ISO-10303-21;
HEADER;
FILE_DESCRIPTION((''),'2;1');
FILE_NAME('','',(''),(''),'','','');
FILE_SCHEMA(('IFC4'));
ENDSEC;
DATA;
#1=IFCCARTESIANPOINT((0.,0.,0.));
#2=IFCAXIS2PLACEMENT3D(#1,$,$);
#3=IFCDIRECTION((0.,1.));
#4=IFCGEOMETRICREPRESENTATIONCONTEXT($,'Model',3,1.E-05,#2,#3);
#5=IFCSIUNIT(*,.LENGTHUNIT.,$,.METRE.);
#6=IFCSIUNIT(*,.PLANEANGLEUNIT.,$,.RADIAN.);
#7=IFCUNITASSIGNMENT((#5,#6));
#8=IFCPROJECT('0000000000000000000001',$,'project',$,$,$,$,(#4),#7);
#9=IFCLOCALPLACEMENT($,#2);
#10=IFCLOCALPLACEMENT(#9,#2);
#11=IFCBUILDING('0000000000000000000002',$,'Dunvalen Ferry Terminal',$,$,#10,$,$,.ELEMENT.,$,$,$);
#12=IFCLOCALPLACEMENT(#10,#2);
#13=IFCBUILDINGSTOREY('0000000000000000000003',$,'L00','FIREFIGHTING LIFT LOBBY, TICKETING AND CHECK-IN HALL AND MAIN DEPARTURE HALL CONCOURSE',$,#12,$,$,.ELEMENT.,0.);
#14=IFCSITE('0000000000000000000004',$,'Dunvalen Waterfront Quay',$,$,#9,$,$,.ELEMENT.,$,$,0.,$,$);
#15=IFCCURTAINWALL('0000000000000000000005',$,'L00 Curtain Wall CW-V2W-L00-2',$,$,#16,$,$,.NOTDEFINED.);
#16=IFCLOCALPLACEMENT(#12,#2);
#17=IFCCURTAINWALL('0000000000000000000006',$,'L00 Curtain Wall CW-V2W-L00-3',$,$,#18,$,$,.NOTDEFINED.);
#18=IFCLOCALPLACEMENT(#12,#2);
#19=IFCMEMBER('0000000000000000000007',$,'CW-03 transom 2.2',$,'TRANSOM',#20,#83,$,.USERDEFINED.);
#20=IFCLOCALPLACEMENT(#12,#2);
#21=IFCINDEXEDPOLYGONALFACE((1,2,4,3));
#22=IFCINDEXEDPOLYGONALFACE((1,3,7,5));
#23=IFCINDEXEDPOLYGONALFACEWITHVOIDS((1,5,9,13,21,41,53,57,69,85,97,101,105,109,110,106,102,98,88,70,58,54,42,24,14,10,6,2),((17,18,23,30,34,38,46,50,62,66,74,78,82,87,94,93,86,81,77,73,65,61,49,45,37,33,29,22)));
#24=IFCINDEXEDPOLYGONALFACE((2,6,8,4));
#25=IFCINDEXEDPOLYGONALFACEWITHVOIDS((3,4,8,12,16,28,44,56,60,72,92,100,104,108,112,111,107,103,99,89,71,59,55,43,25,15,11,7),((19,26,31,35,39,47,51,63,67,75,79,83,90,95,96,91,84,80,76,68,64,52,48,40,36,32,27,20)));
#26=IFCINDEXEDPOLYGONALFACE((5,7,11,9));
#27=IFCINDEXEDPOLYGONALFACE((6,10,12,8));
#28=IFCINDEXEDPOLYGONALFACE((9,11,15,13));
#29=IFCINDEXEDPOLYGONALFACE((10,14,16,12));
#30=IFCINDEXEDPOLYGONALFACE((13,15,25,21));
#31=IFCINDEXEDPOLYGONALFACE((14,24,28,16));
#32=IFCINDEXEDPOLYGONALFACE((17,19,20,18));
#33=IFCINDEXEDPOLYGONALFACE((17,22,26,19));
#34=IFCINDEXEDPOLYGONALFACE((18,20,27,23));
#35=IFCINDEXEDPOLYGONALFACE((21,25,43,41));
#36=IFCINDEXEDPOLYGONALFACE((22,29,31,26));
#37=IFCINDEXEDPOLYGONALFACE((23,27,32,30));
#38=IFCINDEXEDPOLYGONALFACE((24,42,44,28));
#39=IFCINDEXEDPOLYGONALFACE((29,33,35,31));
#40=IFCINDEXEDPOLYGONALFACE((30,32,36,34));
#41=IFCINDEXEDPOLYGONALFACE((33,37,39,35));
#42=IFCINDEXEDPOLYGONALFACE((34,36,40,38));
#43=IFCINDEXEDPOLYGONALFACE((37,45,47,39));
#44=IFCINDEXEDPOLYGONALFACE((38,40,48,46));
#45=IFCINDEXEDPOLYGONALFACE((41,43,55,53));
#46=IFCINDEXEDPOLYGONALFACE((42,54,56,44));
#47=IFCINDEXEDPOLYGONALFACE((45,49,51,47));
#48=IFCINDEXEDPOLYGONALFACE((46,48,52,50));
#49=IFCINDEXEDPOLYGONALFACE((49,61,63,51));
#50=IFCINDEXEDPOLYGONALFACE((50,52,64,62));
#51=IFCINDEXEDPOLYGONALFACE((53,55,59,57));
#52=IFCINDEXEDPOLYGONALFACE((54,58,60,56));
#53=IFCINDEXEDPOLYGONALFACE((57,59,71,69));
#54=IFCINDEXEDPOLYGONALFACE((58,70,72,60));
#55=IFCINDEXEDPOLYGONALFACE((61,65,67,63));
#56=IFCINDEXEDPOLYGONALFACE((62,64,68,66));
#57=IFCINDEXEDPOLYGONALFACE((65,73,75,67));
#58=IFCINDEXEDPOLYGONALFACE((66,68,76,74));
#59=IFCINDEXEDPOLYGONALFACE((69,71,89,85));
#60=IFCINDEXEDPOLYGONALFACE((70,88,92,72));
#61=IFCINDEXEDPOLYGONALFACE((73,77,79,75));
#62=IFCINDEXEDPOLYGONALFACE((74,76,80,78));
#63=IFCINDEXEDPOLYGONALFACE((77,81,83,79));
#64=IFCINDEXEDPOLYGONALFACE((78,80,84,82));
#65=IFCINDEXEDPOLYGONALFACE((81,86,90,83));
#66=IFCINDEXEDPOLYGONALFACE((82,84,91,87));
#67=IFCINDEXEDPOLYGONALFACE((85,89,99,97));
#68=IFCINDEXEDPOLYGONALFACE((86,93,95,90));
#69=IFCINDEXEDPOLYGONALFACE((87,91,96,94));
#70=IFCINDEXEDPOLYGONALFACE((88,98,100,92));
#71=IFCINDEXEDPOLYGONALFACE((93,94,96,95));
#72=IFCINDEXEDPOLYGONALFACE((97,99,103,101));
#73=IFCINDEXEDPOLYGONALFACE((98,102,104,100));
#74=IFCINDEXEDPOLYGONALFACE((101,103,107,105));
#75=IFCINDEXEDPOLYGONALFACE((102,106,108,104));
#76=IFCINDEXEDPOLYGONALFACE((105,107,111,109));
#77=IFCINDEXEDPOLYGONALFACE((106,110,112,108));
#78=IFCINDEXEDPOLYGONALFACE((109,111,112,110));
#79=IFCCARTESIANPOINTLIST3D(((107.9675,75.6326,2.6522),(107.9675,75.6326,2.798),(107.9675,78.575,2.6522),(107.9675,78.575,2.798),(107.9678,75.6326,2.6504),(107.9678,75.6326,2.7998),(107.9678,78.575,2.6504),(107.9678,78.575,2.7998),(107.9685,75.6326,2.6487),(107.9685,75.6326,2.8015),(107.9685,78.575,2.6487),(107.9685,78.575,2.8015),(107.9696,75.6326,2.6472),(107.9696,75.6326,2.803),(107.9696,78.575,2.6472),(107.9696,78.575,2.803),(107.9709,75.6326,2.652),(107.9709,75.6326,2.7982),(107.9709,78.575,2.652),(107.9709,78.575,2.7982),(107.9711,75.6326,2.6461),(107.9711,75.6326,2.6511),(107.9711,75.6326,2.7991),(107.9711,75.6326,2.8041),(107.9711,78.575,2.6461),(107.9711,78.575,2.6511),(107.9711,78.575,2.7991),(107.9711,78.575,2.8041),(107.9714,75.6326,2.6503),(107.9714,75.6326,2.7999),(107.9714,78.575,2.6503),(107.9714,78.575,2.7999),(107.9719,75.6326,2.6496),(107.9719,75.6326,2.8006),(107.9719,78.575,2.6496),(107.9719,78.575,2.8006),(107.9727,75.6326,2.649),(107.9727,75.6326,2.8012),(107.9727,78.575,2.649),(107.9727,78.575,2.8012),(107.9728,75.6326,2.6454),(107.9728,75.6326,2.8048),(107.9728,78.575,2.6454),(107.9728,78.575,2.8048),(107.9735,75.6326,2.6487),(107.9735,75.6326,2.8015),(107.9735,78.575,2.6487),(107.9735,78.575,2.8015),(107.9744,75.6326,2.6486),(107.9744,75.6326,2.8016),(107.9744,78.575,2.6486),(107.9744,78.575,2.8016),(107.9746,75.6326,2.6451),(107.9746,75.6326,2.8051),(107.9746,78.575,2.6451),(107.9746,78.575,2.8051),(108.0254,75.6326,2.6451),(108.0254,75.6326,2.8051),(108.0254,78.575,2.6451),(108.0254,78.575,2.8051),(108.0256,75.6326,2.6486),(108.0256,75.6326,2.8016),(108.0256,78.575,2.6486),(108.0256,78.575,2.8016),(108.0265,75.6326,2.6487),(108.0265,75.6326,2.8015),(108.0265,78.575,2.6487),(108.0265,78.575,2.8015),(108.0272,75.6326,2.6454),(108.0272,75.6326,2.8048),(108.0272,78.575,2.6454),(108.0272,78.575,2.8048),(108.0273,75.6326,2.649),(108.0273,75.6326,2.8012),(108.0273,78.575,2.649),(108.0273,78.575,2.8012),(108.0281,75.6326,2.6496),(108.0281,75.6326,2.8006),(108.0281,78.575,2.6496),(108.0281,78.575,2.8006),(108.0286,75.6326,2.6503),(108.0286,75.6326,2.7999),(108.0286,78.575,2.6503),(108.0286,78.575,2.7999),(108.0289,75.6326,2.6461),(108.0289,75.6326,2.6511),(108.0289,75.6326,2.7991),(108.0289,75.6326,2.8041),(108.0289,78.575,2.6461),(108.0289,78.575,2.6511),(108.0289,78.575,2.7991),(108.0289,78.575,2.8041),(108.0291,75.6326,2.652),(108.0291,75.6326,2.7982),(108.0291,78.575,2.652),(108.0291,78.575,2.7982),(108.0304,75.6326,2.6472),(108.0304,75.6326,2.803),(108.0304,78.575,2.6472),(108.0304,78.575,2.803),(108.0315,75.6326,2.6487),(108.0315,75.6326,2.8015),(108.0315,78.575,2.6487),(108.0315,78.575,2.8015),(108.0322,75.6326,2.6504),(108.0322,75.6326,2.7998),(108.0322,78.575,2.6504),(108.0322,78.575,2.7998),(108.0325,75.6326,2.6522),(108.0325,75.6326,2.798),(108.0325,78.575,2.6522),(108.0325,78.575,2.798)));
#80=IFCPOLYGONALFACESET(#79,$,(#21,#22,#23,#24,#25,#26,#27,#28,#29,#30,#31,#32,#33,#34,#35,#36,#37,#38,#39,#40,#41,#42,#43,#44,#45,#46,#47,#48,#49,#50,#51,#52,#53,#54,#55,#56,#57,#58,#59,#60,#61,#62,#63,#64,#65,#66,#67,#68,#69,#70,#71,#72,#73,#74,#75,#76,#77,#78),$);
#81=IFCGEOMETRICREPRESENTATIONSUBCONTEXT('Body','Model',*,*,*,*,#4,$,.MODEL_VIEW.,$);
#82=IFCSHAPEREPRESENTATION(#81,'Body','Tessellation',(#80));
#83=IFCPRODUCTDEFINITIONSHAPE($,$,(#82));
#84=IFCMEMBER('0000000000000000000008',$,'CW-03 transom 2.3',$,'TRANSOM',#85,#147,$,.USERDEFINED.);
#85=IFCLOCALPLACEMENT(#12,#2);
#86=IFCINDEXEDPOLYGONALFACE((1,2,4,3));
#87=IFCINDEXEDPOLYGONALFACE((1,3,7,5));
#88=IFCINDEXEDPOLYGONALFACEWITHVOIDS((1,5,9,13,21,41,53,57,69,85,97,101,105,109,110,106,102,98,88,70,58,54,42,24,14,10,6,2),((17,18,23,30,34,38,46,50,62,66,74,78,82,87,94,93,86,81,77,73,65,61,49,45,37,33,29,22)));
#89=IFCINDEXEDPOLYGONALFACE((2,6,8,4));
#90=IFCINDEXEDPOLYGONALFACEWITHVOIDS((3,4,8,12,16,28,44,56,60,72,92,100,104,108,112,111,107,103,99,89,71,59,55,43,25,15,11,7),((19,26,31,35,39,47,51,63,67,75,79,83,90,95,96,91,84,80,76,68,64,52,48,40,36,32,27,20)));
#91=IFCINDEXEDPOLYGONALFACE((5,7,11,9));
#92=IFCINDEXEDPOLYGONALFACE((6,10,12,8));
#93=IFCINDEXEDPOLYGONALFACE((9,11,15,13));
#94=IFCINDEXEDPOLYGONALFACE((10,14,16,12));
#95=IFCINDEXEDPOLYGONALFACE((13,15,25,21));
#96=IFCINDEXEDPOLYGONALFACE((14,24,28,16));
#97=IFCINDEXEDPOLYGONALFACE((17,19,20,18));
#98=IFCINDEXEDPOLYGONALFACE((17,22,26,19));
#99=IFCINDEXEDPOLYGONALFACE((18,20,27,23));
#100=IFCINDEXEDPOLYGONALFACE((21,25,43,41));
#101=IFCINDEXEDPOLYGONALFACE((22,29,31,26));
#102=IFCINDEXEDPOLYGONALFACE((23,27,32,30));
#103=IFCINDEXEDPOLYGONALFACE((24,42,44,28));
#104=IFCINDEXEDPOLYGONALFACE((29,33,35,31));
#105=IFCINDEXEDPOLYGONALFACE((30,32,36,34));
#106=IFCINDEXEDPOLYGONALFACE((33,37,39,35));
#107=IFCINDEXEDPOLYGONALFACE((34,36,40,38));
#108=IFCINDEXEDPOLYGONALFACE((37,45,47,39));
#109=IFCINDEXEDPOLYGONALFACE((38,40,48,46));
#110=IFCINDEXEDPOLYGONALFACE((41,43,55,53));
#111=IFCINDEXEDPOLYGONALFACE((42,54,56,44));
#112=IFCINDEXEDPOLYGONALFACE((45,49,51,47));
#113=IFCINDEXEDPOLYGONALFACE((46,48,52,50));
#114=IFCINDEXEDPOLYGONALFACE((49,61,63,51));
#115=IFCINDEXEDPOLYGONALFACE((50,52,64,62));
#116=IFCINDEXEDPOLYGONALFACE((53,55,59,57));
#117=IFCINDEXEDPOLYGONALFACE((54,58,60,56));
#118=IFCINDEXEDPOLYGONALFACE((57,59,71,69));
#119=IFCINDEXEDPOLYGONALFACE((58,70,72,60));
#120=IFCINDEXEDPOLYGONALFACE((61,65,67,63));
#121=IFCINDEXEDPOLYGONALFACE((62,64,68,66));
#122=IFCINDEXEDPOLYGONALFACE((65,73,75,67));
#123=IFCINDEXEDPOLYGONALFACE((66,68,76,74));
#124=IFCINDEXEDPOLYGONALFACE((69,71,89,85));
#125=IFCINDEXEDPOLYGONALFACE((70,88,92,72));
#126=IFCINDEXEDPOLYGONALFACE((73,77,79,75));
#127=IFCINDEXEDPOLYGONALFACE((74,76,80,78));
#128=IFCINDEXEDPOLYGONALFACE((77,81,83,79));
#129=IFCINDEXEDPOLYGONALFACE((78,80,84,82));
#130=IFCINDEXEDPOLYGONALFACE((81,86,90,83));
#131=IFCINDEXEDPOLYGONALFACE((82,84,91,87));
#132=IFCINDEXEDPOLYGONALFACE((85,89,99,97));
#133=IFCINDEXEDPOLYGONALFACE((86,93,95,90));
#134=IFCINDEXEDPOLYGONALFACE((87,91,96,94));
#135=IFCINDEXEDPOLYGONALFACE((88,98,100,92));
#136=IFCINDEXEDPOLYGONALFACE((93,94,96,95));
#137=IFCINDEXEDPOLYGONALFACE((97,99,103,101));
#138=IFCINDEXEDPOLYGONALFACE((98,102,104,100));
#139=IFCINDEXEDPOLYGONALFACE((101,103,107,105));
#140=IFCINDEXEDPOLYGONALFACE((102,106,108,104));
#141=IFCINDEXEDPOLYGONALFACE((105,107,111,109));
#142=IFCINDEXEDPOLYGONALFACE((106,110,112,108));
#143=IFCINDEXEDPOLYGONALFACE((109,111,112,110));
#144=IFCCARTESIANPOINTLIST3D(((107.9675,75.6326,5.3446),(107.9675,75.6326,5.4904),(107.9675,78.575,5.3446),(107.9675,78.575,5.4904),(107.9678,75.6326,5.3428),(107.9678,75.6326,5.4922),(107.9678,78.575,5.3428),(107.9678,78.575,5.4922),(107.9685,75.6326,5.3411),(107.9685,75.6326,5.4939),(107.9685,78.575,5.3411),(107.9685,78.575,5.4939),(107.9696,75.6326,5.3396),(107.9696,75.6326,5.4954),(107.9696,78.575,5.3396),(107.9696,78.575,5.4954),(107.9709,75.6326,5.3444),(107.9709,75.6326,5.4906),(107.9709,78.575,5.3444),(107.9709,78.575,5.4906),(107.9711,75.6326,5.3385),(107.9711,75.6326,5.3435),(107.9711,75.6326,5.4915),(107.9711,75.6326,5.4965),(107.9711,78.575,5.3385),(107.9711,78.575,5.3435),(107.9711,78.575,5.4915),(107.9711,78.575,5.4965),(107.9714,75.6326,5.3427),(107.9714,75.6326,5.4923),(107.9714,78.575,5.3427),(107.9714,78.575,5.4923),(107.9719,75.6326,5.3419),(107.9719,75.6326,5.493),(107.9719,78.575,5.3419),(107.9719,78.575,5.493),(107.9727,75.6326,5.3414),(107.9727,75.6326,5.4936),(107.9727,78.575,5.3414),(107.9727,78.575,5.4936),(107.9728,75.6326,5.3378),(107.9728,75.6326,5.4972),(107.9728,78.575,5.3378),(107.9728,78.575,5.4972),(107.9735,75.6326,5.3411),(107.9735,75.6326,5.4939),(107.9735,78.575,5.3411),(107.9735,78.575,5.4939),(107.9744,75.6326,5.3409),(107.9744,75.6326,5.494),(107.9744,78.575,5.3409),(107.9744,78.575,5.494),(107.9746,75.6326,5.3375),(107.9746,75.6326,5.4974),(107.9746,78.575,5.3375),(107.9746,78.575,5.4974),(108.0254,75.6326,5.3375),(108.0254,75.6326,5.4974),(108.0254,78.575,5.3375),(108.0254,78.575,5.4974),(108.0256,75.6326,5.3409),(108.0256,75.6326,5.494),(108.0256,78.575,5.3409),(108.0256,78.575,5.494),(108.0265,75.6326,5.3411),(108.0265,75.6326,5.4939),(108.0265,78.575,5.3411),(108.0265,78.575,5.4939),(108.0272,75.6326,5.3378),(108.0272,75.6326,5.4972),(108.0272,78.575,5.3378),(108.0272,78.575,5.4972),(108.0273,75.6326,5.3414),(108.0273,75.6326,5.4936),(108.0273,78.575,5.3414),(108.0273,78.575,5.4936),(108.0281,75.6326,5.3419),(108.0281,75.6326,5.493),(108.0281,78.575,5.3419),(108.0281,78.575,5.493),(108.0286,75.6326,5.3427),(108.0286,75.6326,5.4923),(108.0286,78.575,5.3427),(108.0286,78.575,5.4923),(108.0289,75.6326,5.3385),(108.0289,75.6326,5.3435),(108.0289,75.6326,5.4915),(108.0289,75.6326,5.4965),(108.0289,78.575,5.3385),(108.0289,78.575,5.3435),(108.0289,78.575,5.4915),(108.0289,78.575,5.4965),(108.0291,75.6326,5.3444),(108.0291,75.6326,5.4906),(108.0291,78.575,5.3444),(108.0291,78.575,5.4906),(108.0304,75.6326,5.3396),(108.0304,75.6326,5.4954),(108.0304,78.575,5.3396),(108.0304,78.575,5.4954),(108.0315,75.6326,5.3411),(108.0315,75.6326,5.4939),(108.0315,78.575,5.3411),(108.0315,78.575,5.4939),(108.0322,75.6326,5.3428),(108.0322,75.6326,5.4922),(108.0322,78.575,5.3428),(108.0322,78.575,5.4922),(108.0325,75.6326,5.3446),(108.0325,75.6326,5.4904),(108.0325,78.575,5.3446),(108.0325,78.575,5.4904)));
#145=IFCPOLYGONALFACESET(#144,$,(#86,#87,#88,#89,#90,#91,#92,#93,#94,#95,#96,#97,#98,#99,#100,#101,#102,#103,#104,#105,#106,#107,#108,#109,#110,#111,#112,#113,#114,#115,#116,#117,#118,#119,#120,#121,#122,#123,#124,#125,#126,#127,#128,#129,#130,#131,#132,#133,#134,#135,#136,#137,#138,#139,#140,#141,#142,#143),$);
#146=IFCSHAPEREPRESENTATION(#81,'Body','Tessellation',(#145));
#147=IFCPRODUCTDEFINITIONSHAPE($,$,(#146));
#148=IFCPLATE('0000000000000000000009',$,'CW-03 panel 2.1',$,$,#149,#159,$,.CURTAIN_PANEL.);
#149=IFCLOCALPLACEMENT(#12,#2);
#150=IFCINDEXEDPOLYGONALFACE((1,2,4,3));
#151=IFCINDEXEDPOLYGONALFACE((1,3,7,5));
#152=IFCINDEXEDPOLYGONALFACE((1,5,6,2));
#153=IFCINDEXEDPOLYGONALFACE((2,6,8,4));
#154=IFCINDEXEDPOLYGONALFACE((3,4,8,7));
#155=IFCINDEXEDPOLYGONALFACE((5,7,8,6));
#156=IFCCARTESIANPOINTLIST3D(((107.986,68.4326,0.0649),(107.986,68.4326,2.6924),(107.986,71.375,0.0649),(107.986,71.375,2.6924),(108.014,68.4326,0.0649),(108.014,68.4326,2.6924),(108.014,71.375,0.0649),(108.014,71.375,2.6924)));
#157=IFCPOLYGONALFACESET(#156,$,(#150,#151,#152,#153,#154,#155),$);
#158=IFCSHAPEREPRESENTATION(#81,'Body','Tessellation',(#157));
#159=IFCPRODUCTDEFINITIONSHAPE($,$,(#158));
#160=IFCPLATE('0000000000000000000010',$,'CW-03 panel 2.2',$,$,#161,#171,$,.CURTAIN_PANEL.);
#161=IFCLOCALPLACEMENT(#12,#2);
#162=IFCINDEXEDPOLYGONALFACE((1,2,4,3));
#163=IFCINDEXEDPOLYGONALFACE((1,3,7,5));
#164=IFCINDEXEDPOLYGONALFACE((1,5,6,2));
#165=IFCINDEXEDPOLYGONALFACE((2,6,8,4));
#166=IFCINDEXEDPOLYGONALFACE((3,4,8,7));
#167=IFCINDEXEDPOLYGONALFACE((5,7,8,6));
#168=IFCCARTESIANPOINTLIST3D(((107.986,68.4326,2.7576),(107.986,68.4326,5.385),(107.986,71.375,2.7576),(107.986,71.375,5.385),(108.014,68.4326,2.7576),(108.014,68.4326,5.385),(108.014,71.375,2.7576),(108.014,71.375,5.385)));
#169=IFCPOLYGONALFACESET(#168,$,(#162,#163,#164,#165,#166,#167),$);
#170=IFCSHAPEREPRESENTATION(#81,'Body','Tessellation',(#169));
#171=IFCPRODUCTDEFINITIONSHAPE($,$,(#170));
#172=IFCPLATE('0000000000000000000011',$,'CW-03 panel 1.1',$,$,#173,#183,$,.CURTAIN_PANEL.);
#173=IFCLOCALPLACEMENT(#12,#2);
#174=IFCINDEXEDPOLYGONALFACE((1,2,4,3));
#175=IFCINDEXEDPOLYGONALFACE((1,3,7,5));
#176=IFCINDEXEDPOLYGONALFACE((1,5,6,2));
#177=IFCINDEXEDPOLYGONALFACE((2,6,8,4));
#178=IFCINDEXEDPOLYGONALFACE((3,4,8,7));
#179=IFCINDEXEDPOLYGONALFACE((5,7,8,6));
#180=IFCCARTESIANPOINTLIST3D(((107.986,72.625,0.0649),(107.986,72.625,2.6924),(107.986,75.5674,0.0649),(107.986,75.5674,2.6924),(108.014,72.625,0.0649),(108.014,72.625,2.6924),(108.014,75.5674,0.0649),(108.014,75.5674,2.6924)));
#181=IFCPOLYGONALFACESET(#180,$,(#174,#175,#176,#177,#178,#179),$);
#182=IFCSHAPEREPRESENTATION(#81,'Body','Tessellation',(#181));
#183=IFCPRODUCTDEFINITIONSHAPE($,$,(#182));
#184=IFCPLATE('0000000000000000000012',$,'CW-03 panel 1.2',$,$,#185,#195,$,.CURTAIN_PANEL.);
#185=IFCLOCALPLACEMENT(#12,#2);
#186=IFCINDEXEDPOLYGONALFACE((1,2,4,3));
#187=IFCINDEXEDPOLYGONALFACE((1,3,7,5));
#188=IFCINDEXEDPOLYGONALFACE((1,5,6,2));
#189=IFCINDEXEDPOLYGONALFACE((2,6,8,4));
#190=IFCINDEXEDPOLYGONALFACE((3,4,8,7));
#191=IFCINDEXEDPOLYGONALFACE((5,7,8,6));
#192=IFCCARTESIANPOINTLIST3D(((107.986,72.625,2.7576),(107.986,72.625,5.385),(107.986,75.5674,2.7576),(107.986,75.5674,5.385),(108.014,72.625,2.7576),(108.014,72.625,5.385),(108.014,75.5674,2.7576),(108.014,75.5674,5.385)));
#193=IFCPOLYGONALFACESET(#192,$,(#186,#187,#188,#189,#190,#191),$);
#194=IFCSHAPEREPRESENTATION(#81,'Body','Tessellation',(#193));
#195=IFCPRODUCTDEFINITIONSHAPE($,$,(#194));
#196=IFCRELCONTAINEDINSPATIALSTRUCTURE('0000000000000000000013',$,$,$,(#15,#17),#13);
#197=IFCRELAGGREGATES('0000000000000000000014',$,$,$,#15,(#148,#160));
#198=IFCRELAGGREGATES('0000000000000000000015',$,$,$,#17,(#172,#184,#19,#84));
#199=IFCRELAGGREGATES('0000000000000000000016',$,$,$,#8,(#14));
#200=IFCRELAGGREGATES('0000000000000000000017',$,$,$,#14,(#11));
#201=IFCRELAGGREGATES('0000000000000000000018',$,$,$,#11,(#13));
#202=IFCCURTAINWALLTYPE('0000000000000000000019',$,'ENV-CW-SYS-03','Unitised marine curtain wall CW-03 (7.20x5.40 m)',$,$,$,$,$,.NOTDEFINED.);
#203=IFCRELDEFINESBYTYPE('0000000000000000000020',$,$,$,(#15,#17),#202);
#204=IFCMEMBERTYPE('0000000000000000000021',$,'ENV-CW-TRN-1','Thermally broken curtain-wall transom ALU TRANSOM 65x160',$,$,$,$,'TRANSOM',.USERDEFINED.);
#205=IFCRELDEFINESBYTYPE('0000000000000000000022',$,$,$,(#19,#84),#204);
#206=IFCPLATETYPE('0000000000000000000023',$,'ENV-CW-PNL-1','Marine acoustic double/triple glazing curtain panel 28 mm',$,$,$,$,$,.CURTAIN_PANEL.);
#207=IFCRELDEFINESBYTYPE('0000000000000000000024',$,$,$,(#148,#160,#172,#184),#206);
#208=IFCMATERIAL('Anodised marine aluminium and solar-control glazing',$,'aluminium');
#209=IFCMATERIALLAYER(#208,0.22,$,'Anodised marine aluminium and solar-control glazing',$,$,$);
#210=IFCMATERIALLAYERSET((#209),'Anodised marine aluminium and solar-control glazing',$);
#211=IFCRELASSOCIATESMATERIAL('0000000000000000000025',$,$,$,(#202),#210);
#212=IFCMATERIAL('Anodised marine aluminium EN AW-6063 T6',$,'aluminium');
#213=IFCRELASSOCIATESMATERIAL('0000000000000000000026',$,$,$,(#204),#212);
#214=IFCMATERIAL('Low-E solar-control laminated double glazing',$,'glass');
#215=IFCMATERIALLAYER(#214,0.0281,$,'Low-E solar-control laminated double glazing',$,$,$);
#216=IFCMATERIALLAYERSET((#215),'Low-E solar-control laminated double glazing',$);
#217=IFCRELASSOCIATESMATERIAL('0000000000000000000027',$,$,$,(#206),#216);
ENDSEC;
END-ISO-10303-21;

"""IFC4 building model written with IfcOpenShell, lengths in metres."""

from ifc_helpers import new_model, si_unit, direction, frame, origin, origin_2d, place, context, subcontext, project, spatial, rectangle, hollow_rectangle, extrude, material, layer, layer_set, material_profile, profile_set, type_object, element, aggregate, save


model = new_model("IFC4")

# Units and contexts
model_context = context("Model", 3, precision=1e-05, world=origin(), true_north=direction((0.0, 1.0)))
body_context = subcontext(model_context, "Body", "Model", "MODEL_VIEW")
ifc_project = project(units=[si_unit("LENGTHUNIT", "METRE"), si_unit("PLANEANGLEUNIT", "RADIAN")], contexts=[model_context])

# Site, building, storey
site_placement = place(None, origin())
site = spatial("IfcSite", under=ifc_project, at=site_placement, Name="Dunvalen Waterfront Quay", CompositionType="ELEMENT", RefElevation=0.0)
building_placement = place(site_placement, origin())
building = spatial("IfcBuilding", under=site, at=building_placement, Name="Dunvalen Ferry Terminal", CompositionType="ELEMENT")
storey_placement = place(building_placement, origin())
storey = spatial("IfcBuildingStorey", under=building, at=storey_placement, Name="L00", Description="FIREFIGHTING LIFT LOBBY, TICKETING AND CHECK-IN HALL AND MAIN DEPARTURE HALL CONCOURSE", CompositionType="ELEMENT", Elevation=0.0)

# Curtain wall
ifc_material_1 = material(Name="Anodised marine aluminium and solar-control glazing", Category="aluminium")
ifc_layer_1 = layer(ifc_material_1, 0.22, Name="Anodised marine aluminium and solar-control glazing")
ifc_layer_set_1 = layer_set([ifc_layer_1], Name="Anodised marine aluminium and solar-control glazing")
curtain_wall_type = type_object("IfcCurtainWallType", Name="ENV-CW-SYS-03", Description="Unitised marine curtain wall CW-03 (7.20x5.40 m)", PredefinedType="NOTDEFINED", material=ifc_layer_set_1)
curtain_wall_1_placement = place(storey_placement, origin())
curtain_wall_1 = element("IfcCurtainWall", 1, at=curtain_wall_1_placement, inside=storey, type_object=curtain_wall_type, Name="L00 Curtain Wall CW-V2W-L00-2", PredefinedType="NOTDEFINED")
ifc_material_2 = material(Name="Anodised marine aluminium EN AW-6063 T6", Category="aluminium")

# Curtain wall
curtain_wall_2_placement = place(storey_placement, origin())
curtain_wall_2 = element("IfcCurtainWall", 2, at=curtain_wall_2_placement, inside=storey, type_object=curtain_wall_type, Name="L00 Curtain Wall CW-V2W-L00-3", PredefinedType="NOTDEFINED")

# Members
ifc_material_profile_1 = material_profile(ifc_material_2, hollow_rectangle(XDim=0.0649, YDim=0.1599, WallThickness=0.0034, InnerFilletRadius=0.0034, OuterFilletRadius=0.0071, at=origin_2d()), Name="Anodised marine aluminium EN AW-6063 T6")
ifc_profile_set_1 = profile_set([ifc_material_profile_1], Name="Anodised marine aluminium EN AW-6063 T6")
member_type_1 = type_object("IfcMemberType", Name="ENV-CW-TRN-1", Description="Thermally broken curtain-wall transom ALU TRANSOM 65x160", ElementType="TRANSOM", PredefinedType="USERDEFINED", material=ifc_profile_set_1)
member_1_placement = place(storey_placement, frame((108.0, 75.6326, 2.7251), z_axis=(0.0, 1.0, 0.0), x_axis=(-1.0, 0.0, 0.0)))
member_1 = element("IfcMember", 3, at=member_1_placement, type_object=member_type_1, Name="CW-03 transom 2.2", ObjectType="TRANSOM", PredefinedType="USERDEFINED", context=body_context, shape_type="SweptSolid", body=[
    extrude(hollow_rectangle(XDim=0.0649, YDim=0.1599, WallThickness=0.0034, InnerFilletRadius=0.0034, OuterFilletRadius=0.0071, at=origin_2d()), origin(), (0.0, 0.0, 1.0), 2.9424),
])
member_2_placement = place(storey_placement, frame((108.0, 75.6326, 5.4175), z_axis=(0.0, 1.0, 0.0), x_axis=(-1.0, 0.0, 0.0)))
member_2 = element("IfcMember", 4, at=member_2_placement, type_object=member_type_1, Name="CW-03 transom 2.3", ObjectType="TRANSOM", PredefinedType="USERDEFINED", context=body_context, shape_type="SweptSolid", body=[
    extrude(hollow_rectangle(XDim=0.0649, YDim=0.1599, WallThickness=0.0034, InnerFilletRadius=0.0034, OuterFilletRadius=0.0071, at=origin_2d()), origin(), (0.0, 0.0, 1.0), 2.9424),
])

# Plates
ifc_material_3 = material(Name="Low-E solar-control laminated double glazing", Category="glass")
ifc_layer_2 = layer(ifc_material_3, 0.0281, Name="Low-E solar-control laminated double glazing")
ifc_layer_set_2 = layer_set([ifc_layer_2], Name="Low-E solar-control laminated double glazing")
plate_type = type_object("IfcPlateType", Name="ENV-CW-PNL-1", Description="Marine acoustic double/triple glazing curtain panel 28 mm", PredefinedType="CURTAIN_PANEL", material=ifc_layer_set_2)
plate_1_placement = place(storey_placement, frame((108.0, 69.9038, 0.0649), z_axis=(0.0, 0.0, 1.0), x_axis=(0.0, 1.0, 0.0)))
plate_1 = element("IfcPlate", 5, at=plate_1_placement, type_object=plate_type, Name="CW-03 panel 2.1", PredefinedType="CURTAIN_PANEL", context=body_context, shape_type="SweptSolid", body=[
    extrude(rectangle(XDim=2.9424, YDim=0.0281, at=origin_2d()), origin(), (0.0, 0.0, 1.0), 2.6274),
])
plate_2_placement = place(storey_placement, frame((108.0, 69.9038, 2.7576), z_axis=(0.0, 0.0, 1.0), x_axis=(0.0, 1.0, 0.0)))
plate_2 = element("IfcPlate", 6, at=plate_2_placement, type_object=plate_type, Name="CW-03 panel 2.2", PredefinedType="CURTAIN_PANEL", context=body_context, shape_type="SweptSolid", body=[
    extrude(rectangle(XDim=2.9424, YDim=0.0281, at=origin_2d()), origin(), (0.0, 0.0, 1.0), 2.6274),
])
aggregate(curtain_wall_1, [plate_1, plate_2])
plate_3_placement = place(storey_placement, frame((108.0, 74.0962, 0.0649), z_axis=(0.0, 0.0, 1.0), x_axis=(0.0, 1.0, 0.0)))
plate_3 = element("IfcPlate", 7, at=plate_3_placement, type_object=plate_type, Name="CW-03 panel 1.1", PredefinedType="CURTAIN_PANEL", context=body_context, shape_type="SweptSolid", body=[
    extrude(rectangle(XDim=2.9424, YDim=0.0281, at=origin_2d()), origin(), (0.0, 0.0, 1.0), 2.6274),
])
plate_4_placement = place(storey_placement, frame((108.0, 74.0962, 2.7576), z_axis=(0.0, 0.0, 1.0), x_axis=(0.0, 1.0, 0.0)))
plate_4 = element("IfcPlate", 8, at=plate_4_placement, type_object=plate_type, Name="CW-03 panel 1.2", PredefinedType="CURTAIN_PANEL", context=body_context, shape_type="SweptSolid", body=[
    extrude(rectangle(XDim=2.9424, YDim=0.0281, at=origin_2d()), origin(), (0.0, 0.0, 1.0), 2.6274),
])
aggregate(curtain_wall_2, [plate_3, plate_4, member_1, member_2])

save(model, "model.ifc")
